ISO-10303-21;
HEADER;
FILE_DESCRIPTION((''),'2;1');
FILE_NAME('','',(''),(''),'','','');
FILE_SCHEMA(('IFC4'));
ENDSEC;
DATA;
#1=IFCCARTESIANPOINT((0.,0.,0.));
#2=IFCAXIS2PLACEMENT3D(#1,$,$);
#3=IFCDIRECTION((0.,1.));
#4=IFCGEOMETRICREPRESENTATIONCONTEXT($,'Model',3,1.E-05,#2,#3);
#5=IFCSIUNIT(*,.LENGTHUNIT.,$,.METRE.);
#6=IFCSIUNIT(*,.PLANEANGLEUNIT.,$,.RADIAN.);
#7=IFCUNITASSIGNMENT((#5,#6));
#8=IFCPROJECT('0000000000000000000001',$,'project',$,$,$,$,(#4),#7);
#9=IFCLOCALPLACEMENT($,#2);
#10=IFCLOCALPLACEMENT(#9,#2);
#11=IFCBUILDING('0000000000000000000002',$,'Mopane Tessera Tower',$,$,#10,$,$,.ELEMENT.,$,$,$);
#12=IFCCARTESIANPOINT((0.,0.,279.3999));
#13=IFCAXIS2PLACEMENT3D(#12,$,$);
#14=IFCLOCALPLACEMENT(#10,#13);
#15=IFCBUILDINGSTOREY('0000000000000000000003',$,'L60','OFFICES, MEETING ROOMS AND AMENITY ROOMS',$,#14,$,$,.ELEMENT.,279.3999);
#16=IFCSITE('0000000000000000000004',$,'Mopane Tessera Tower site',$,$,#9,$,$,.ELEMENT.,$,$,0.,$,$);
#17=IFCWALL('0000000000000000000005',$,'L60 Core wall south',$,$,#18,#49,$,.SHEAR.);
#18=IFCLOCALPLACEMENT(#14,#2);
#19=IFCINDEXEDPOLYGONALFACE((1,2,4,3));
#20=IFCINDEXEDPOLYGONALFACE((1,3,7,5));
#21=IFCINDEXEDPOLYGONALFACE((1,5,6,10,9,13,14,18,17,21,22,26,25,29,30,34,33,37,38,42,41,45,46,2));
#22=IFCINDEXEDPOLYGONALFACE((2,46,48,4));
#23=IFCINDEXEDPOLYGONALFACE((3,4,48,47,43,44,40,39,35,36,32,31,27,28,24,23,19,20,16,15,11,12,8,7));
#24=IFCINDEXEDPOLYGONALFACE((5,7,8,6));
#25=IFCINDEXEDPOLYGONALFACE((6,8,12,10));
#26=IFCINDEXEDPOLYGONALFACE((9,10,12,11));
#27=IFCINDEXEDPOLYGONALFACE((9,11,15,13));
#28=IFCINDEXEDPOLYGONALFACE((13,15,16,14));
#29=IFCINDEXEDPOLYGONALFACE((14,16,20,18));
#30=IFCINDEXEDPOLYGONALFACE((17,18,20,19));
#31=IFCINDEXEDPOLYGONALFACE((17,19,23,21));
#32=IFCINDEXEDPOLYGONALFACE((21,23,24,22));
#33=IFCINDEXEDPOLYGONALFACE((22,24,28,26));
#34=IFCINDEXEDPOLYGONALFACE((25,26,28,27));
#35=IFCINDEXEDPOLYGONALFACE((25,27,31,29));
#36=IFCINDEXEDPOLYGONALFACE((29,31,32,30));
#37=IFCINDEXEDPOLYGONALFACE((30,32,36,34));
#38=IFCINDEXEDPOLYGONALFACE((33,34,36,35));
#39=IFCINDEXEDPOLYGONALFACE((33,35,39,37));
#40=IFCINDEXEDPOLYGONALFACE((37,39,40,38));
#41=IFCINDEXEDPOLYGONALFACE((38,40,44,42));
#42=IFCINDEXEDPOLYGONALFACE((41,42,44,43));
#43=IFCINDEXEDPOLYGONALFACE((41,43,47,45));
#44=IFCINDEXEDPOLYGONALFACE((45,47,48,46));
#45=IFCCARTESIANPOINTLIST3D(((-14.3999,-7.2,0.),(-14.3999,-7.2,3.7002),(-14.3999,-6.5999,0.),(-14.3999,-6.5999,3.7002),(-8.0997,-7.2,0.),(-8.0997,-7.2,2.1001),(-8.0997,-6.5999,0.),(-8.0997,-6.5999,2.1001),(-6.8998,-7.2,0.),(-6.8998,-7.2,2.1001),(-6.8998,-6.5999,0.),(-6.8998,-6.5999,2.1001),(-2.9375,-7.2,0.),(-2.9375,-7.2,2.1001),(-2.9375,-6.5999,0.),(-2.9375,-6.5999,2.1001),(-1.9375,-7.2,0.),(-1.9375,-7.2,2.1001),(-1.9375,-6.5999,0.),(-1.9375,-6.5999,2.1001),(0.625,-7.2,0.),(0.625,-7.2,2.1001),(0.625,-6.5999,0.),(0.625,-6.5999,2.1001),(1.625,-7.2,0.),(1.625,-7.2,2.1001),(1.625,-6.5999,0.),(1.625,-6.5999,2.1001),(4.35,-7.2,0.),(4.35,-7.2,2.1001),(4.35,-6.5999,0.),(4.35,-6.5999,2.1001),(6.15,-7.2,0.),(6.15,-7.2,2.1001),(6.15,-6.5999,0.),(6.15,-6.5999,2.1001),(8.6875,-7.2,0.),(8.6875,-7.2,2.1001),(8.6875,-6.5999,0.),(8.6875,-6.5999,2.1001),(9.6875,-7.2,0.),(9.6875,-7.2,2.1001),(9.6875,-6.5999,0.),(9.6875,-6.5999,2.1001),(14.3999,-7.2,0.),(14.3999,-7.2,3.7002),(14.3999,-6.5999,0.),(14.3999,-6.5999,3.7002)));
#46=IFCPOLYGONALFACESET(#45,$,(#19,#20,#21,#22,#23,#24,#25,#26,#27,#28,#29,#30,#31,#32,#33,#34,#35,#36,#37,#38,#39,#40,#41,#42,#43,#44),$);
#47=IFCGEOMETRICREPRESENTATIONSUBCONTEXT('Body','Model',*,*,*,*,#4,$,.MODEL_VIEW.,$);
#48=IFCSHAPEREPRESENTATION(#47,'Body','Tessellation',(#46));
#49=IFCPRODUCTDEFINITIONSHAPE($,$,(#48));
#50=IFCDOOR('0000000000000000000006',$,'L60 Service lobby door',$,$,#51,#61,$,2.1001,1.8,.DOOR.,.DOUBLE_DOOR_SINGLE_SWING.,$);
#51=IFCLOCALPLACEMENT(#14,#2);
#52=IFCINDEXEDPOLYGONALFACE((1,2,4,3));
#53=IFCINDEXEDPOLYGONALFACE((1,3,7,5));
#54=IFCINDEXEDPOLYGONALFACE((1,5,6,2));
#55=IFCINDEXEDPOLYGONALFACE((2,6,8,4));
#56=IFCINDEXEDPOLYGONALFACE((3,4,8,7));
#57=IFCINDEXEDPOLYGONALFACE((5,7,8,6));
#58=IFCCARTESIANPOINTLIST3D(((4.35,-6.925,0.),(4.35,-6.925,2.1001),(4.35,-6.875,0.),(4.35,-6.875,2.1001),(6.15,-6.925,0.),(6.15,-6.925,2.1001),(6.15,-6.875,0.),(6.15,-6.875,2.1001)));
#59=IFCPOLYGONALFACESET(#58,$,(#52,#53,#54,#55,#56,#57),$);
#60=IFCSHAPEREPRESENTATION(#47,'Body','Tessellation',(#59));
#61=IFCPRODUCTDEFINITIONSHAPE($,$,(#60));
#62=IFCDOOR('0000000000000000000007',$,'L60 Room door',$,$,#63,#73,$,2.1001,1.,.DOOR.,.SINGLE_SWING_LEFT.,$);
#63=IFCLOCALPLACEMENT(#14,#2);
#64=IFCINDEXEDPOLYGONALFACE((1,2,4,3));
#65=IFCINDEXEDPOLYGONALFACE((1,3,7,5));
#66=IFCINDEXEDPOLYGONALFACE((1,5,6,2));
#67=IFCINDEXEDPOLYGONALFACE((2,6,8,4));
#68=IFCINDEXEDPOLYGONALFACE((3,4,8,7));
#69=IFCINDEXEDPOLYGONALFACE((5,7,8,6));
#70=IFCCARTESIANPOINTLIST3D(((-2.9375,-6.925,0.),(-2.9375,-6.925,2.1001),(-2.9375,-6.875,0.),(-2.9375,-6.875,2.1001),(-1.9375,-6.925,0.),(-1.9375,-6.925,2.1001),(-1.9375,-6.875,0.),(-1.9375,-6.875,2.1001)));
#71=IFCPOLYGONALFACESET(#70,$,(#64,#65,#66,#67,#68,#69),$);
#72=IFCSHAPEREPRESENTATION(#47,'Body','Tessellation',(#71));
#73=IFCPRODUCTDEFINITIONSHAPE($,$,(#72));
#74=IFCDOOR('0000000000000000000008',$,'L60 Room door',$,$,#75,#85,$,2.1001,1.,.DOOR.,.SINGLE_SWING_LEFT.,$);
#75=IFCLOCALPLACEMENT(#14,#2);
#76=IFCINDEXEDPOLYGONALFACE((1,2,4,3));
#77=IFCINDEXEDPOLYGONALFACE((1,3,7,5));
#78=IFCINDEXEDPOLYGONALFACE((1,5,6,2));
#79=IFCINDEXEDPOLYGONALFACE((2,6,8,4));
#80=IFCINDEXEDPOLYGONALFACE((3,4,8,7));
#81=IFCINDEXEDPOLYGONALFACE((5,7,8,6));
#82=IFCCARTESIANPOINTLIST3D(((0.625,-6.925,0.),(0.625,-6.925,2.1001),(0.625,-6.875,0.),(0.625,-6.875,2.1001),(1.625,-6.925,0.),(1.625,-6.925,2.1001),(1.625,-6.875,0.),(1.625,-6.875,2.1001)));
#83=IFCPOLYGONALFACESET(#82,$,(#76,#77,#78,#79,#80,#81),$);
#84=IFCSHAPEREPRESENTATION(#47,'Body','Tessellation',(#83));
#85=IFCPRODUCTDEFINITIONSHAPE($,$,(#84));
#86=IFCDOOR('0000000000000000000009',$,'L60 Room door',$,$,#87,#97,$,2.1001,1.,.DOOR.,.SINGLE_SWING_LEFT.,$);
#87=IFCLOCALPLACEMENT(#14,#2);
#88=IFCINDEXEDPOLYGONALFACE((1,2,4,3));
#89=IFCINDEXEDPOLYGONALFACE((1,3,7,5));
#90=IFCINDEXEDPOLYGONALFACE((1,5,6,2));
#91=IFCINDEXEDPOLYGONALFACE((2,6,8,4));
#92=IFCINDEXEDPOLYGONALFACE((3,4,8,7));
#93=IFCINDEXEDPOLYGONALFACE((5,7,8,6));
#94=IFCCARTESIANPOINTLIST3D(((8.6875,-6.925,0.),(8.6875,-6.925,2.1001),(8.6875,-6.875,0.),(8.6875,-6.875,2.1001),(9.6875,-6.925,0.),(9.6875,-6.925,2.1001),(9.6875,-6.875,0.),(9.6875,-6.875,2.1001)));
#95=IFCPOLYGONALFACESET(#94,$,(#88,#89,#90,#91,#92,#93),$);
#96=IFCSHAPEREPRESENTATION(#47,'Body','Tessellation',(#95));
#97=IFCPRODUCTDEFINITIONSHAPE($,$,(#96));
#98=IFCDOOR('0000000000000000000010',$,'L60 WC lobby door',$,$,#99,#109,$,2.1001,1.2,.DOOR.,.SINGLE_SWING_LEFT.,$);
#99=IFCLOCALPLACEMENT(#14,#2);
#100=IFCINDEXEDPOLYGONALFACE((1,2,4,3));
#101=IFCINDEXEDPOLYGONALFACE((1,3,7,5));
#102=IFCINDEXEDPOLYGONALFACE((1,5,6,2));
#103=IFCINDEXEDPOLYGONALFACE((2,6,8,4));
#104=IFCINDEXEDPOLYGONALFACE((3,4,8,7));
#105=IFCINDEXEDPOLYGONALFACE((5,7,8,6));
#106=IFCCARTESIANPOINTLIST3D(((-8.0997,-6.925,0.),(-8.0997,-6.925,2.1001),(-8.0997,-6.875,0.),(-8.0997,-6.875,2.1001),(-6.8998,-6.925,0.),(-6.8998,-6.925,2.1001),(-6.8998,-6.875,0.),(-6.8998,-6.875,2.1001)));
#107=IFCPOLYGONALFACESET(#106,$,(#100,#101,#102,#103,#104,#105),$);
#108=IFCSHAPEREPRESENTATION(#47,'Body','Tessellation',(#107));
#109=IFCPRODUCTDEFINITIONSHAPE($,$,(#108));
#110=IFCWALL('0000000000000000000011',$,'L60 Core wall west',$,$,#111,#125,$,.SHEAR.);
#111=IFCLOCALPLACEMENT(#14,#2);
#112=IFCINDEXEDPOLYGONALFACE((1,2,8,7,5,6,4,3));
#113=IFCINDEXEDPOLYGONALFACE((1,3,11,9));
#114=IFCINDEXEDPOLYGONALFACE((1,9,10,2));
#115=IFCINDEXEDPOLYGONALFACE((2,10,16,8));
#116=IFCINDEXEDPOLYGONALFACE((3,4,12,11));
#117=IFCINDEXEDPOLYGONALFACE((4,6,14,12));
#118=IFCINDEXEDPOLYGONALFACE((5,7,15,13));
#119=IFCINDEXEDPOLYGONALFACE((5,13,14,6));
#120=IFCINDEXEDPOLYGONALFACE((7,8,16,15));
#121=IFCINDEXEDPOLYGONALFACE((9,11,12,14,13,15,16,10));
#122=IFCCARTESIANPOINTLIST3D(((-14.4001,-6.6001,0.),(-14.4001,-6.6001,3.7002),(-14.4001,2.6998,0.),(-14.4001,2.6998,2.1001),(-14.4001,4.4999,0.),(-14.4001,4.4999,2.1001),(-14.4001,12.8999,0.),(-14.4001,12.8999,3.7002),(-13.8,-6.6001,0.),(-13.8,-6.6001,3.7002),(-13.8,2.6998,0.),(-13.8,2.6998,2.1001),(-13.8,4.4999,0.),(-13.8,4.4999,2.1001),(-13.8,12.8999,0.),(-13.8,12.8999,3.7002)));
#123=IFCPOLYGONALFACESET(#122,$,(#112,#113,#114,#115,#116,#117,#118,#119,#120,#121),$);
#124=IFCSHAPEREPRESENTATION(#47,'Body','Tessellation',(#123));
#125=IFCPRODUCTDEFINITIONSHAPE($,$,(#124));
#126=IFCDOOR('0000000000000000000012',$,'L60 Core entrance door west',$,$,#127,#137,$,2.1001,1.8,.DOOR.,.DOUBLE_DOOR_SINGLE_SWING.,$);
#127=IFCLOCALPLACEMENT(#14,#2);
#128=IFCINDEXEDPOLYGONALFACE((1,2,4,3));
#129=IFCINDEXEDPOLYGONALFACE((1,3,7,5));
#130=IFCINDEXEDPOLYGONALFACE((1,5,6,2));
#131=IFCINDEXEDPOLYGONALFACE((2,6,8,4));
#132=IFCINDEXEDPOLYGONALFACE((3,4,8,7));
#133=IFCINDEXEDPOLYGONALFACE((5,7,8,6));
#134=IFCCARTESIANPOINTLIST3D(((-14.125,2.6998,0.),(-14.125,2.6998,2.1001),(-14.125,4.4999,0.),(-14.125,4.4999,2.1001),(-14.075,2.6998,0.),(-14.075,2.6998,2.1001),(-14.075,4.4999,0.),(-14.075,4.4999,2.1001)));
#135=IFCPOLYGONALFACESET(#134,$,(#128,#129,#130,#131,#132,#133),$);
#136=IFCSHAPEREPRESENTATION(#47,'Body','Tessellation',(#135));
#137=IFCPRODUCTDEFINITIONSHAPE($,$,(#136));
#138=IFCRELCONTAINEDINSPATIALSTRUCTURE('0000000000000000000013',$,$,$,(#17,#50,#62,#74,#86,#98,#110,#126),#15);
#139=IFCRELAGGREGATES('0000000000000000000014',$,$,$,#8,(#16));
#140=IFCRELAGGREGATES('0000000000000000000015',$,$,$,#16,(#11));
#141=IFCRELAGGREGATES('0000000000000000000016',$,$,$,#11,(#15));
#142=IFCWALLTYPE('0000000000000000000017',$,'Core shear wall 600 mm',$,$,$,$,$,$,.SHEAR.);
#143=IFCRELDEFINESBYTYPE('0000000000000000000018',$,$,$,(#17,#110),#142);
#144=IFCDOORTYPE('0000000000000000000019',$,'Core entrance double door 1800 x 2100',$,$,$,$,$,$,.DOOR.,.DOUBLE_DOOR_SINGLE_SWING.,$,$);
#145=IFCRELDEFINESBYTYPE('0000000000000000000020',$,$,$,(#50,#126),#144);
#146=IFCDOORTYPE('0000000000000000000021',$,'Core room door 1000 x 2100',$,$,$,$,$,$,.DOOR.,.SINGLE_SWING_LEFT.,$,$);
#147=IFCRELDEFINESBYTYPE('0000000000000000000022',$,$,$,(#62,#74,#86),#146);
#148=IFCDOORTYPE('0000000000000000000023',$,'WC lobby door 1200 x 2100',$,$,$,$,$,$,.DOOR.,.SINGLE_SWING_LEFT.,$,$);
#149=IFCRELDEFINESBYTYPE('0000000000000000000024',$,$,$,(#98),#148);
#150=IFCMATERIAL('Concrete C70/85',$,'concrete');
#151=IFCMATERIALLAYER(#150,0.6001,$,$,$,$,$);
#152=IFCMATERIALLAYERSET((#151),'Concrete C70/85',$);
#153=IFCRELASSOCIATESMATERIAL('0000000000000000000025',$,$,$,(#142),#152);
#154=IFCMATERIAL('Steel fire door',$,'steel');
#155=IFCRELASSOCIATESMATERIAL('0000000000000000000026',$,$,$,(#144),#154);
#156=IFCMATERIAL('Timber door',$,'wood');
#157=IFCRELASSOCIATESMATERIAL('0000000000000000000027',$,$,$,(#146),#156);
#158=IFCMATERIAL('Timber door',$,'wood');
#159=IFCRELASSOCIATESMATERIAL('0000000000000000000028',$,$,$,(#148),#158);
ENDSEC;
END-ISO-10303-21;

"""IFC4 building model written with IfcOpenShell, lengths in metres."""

from ifc_helpers import new_model, si_unit, direction, frame, frame_2d, origin, place, context, subcontext, project, spatial, rectangle, extrude, material, layer, layer_set, type_object, element, fill, save


model = new_model("IFC4")

# Units and contexts
model_context = context("Model", 3, precision=1e-05, world=origin(), true_north=direction((0.0, 1.0)))
body_context = subcontext(model_context, "Body", "Model", "MODEL_VIEW")
ifc_project = project(units=[si_unit("LENGTHUNIT", "METRE"), si_unit("PLANEANGLEUNIT", "RADIAN")], contexts=[model_context])

# Site, building, storey
site_placement = place(None, origin())
site = spatial("IfcSite", under=ifc_project, at=site_placement, Name="Mopane Tessera Tower site", CompositionType="ELEMENT", RefElevation=0.0)
building_placement = place(site_placement, origin())
building = spatial("IfcBuilding", under=site, at=building_placement, Name="Mopane Tessera Tower", CompositionType="ELEMENT")
storey_placement = place(building_placement, frame((0.0, 0.0, 279.3999)))
storey = spatial("IfcBuildingStorey", under=building, at=storey_placement, Name="L60", Description="OFFICES, MEETING ROOMS AND AMENITY ROOMS", CompositionType="ELEMENT", Elevation=279.3999)

# Wall, openings, doors
ifc_material_1 = material(Name="Concrete C70/85", Category="concrete")
ifc_layer_1 = layer(ifc_material_1, 0.6001)
ifc_layer_set_1 = layer_set([ifc_layer_1], Name="Concrete C70/85")
wall_type_1 = type_object("IfcWallType", Name="Core shear wall 600 mm", PredefinedType="SHEAR", material=ifc_layer_set_1)
wall_1_placement = place(storey_placement, frame((-14.3999, -6.8999, 0.0), z_axis=(0.0, 0.0, 1.0), x_axis=(1.0, 0.0, 0.0)))
wall_1 = element("IfcWall", 1, at=wall_1_placement, inside=storey, type_object=wall_type_1, Name="L60 Core wall south", PredefinedType="SHEAR", context=body_context, shape_type="SweptSolid", body=[
    extrude(rectangle(XDim=28.7998, YDim=0.6001, at=frame_2d((14.3999, 0.0))), origin(), (0.0, 0.0, 1.0), 3.7002),
])
opening_1_placement = place(wall_1_placement, frame((6.3, 0.0, 0.0)))
opening_1 = element("IfcOpeningElement", 2, at=opening_1_placement, cuts=wall_1, PredefinedType="OPENING", context=body_context, shape_type="SweptSolid", body=[
    extrude(rectangle(XDim=1.2, YDim=2.1001, at=frame_2d((0.6001, 1.05))), frame((0.0, 0.312, 0.0), z_axis=(0.0, -1.0, 0.0), x_axis=(1.0, 0.0, 0.0)), (0.0, 0.0, 1.0), 0.624),
])
opening_2_placement = place(wall_1_placement, frame((11.4624, 0.0, 0.0)))
opening_2 = element("IfcOpeningElement", 3, at=opening_2_placement, cuts=wall_1, PredefinedType="OPENING", context=body_context, shape_type="SweptSolid", body=[
    extrude(rectangle(XDim=1.0, YDim=2.1001, at=frame_2d((0.5, 1.05))), frame((0.0, 0.312, 0.0), z_axis=(0.0, -1.0, 0.0), x_axis=(1.0, 0.0, 0.0)), (0.0, 0.0, 1.0), 0.624),
])
opening_3_placement = place(wall_1_placement, frame((15.0249, 0.0, 0.0)))
opening_3 = element("IfcOpeningElement", 4, at=opening_3_placement, cuts=wall_1, PredefinedType="OPENING", context=body_context, shape_type="SweptSolid", body=[
    extrude(rectangle(XDim=1.0, YDim=2.1001, at=frame_2d((0.5, 1.05))), frame((0.0, 0.312, 0.0), z_axis=(0.0, -1.0, 0.0), x_axis=(1.0, 0.0, 0.0)), (0.0, 0.0, 1.0), 0.624),
])
opening_4_placement = place(wall_1_placement, frame((18.75, 0.0, 0.0)))
opening_4 = element("IfcOpeningElement", 5, at=opening_4_placement, cuts=wall_1, PredefinedType="OPENING", context=body_context, shape_type="SweptSolid", body=[
    extrude(rectangle(XDim=1.8, YDim=2.1001, at=frame_2d((0.8999, 1.05))), frame((0.0, 0.312, 0.0), z_axis=(0.0, -1.0, 0.0), x_axis=(1.0, 0.0, 0.0)), (0.0, 0.0, 1.0), 0.624),
])
opening_5_placement = place(wall_1_placement, frame((23.0874, 0.0, 0.0)))
opening_5 = element("IfcOpeningElement", 6, at=opening_5_placement, cuts=wall_1, PredefinedType="OPENING", context=body_context, shape_type="SweptSolid", body=[
    extrude(rectangle(XDim=1.0, YDim=2.1001, at=frame_2d((0.5, 1.05))), frame((0.0, 0.312, 0.0), z_axis=(0.0, -1.0, 0.0), x_axis=(1.0, 0.0, 0.0)), (0.0, 0.0, 1.0), 0.624),
])
ifc_material_2 = material(Name="Steel fire door", Category="steel")
door_type_1 = type_object("IfcDoorType", Name="Core entrance double door 1800 x 2100", OperationType="DOUBLE_DOOR_SINGLE_SWING", PredefinedType="DOOR", material=ifc_material_2)
door_1_placement = place(opening_4_placement, origin())
door_1 = element("IfcDoor", 7, at=door_1_placement, inside=storey, type_object=door_type_1, Name="L60 Service lobby door", OperationType="DOUBLE_DOOR_SINGLE_SWING", OverallHeight=2.1001, OverallWidth=1.8, PredefinedType="DOOR", context=body_context, shape_type="SweptSolid", body=[
    extrude(rectangle(XDim=1.8, YDim=2.1001, at=frame_2d((0.8999, 1.05))), frame((0.0, 0.0249, 0.0), z_axis=(0.0, -1.0, 0.0), x_axis=(1.0, 0.0, 0.0)), (0.0, 0.0, 1.0), 0.05),
])
fill(opening_4, door_1)
ifc_material_3 = material(Name="Timber door", Category="wood")
door_type_2 = type_object("IfcDoorType", Name="Core room door 1000 x 2100", OperationType="SINGLE_SWING_LEFT", PredefinedType="DOOR", material=ifc_material_3)
door_2_placement = place(opening_2_placement, origin())
door_2 = element("IfcDoor", 8, at=door_2_placement, inside=storey, type_object=door_type_2, Name="L60 Room door", OperationType="SINGLE_SWING_LEFT", OverallHeight=2.1001, OverallWidth=1.0, PredefinedType="DOOR", context=body_context, shape_type="SweptSolid", body=[
    extrude(rectangle(XDim=1.0, YDim=2.1001, at=frame_2d((0.5, 1.05))), frame((0.0, 0.0249, 0.0), z_axis=(0.0, -1.0, 0.0), x_axis=(1.0, 0.0, 0.0)), (0.0, 0.0, 1.0), 0.05),
])
fill(opening_2, door_2)
door_3_placement = place(opening_3_placement, origin())
door_3 = element("IfcDoor", 9, at=door_3_placement, inside=storey, type_object=door_type_2, Name="L60 Room door", OperationType="SINGLE_SWING_LEFT", OverallHeight=2.1001, OverallWidth=1.0, PredefinedType="DOOR", context=body_context, shape_type="SweptSolid", body=[
    extrude(rectangle(XDim=1.0, YDim=2.1001, at=frame_2d((0.5, 1.05))), frame((0.0, 0.0249, 0.0), z_axis=(0.0, -1.0, 0.0), x_axis=(1.0, 0.0, 0.0)), (0.0, 0.0, 1.0), 0.05),
])
fill(opening_3, door_3)
door_4_placement = place(opening_5_placement, origin())
door_4 = element("IfcDoor", 10, at=door_4_placement, inside=storey, type_object=door_type_2, Name="L60 Room door", OperationType="SINGLE_SWING_LEFT", OverallHeight=2.1001, OverallWidth=1.0, PredefinedType="DOOR", context=body_context, shape_type="SweptSolid", body=[
    extrude(rectangle(XDim=1.0, YDim=2.1001, at=frame_2d((0.5, 1.05))), frame((0.0, 0.0249, 0.0), z_axis=(0.0, -1.0, 0.0), x_axis=(1.0, 0.0, 0.0)), (0.0, 0.0, 1.0), 0.05),
])
fill(opening_5, door_4)
ifc_material_4 = material(Name="Timber door", Category="wood")
door_type_3 = type_object("IfcDoorType", Name="WC lobby door 1200 x 2100", OperationType="SINGLE_SWING_LEFT", PredefinedType="DOOR", material=ifc_material_4)
door_5_placement = place(opening_1_placement, origin())
door_5 = element("IfcDoor", 11, at=door_5_placement, inside=storey, type_object=door_type_3, Name="L60 WC lobby door", OperationType="SINGLE_SWING_LEFT", OverallHeight=2.1001, OverallWidth=1.2, PredefinedType="DOOR", context=body_context, shape_type="SweptSolid", body=[
    extrude(rectangle(XDim=1.2, YDim=2.1001, at=frame_2d((0.6001, 1.05))), frame((0.0, 0.0249, 0.0), z_axis=(0.0, -1.0, 0.0), x_axis=(1.0, 0.0, 0.0)), (0.0, 0.0, 1.0), 0.05),
])
fill(opening_1, door_5)

# Wall, opening, door
wall_2_placement = place(storey_placement, frame((-14.1001, -6.6001, 0.0), z_axis=(0.0, 0.0, 1.0), x_axis=(0.0, 1.0, 0.0)))
wall_2 = element("IfcWall", 12, at=wall_2_placement, inside=storey, type_object=wall_type_1, Name="L60 Core wall west", PredefinedType="SHEAR", context=body_context, shape_type="SweptSolid", body=[
    extrude(rectangle(XDim=19.5, YDim=0.6001, at=frame_2d((9.75, 0.0))), origin(), (0.0, 0.0, 1.0), 3.7002),
])
opening_6_placement = place(wall_2_placement, frame((9.3, 0.0, 0.0)))
opening_6 = element("IfcOpeningElement", 13, at=opening_6_placement, cuts=wall_2, PredefinedType="OPENING", context=body_context, shape_type="SweptSolid", body=[
    extrude(rectangle(XDim=1.8, YDim=2.1001, at=frame_2d((0.8999, 1.05))), frame((0.0, 0.312, 0.0), z_axis=(0.0, -1.0, 0.0), x_axis=(1.0, 0.0, 0.0)), (0.0, 0.0, 1.0), 0.624),
])
door_6_placement = place(opening_6_placement, origin())
door_6 = element("IfcDoor", 14, at=door_6_placement, inside=storey, type_object=door_type_1, Name="L60 Core entrance door west", OperationType="DOUBLE_DOOR_SINGLE_SWING", OverallHeight=2.1001, OverallWidth=1.8, PredefinedType="DOOR", context=body_context, shape_type="SweptSolid", body=[
    extrude(rectangle(XDim=1.8, YDim=2.1001, at=frame_2d((0.8999, 1.05))), frame((0.0, 0.0249, 0.0), z_axis=(0.0, -1.0, 0.0), x_axis=(1.0, 0.0, 0.0)), (0.0, 0.0, 1.0), 0.05),
])
fill(opening_6, door_6)

save(model, "model.ifc")
